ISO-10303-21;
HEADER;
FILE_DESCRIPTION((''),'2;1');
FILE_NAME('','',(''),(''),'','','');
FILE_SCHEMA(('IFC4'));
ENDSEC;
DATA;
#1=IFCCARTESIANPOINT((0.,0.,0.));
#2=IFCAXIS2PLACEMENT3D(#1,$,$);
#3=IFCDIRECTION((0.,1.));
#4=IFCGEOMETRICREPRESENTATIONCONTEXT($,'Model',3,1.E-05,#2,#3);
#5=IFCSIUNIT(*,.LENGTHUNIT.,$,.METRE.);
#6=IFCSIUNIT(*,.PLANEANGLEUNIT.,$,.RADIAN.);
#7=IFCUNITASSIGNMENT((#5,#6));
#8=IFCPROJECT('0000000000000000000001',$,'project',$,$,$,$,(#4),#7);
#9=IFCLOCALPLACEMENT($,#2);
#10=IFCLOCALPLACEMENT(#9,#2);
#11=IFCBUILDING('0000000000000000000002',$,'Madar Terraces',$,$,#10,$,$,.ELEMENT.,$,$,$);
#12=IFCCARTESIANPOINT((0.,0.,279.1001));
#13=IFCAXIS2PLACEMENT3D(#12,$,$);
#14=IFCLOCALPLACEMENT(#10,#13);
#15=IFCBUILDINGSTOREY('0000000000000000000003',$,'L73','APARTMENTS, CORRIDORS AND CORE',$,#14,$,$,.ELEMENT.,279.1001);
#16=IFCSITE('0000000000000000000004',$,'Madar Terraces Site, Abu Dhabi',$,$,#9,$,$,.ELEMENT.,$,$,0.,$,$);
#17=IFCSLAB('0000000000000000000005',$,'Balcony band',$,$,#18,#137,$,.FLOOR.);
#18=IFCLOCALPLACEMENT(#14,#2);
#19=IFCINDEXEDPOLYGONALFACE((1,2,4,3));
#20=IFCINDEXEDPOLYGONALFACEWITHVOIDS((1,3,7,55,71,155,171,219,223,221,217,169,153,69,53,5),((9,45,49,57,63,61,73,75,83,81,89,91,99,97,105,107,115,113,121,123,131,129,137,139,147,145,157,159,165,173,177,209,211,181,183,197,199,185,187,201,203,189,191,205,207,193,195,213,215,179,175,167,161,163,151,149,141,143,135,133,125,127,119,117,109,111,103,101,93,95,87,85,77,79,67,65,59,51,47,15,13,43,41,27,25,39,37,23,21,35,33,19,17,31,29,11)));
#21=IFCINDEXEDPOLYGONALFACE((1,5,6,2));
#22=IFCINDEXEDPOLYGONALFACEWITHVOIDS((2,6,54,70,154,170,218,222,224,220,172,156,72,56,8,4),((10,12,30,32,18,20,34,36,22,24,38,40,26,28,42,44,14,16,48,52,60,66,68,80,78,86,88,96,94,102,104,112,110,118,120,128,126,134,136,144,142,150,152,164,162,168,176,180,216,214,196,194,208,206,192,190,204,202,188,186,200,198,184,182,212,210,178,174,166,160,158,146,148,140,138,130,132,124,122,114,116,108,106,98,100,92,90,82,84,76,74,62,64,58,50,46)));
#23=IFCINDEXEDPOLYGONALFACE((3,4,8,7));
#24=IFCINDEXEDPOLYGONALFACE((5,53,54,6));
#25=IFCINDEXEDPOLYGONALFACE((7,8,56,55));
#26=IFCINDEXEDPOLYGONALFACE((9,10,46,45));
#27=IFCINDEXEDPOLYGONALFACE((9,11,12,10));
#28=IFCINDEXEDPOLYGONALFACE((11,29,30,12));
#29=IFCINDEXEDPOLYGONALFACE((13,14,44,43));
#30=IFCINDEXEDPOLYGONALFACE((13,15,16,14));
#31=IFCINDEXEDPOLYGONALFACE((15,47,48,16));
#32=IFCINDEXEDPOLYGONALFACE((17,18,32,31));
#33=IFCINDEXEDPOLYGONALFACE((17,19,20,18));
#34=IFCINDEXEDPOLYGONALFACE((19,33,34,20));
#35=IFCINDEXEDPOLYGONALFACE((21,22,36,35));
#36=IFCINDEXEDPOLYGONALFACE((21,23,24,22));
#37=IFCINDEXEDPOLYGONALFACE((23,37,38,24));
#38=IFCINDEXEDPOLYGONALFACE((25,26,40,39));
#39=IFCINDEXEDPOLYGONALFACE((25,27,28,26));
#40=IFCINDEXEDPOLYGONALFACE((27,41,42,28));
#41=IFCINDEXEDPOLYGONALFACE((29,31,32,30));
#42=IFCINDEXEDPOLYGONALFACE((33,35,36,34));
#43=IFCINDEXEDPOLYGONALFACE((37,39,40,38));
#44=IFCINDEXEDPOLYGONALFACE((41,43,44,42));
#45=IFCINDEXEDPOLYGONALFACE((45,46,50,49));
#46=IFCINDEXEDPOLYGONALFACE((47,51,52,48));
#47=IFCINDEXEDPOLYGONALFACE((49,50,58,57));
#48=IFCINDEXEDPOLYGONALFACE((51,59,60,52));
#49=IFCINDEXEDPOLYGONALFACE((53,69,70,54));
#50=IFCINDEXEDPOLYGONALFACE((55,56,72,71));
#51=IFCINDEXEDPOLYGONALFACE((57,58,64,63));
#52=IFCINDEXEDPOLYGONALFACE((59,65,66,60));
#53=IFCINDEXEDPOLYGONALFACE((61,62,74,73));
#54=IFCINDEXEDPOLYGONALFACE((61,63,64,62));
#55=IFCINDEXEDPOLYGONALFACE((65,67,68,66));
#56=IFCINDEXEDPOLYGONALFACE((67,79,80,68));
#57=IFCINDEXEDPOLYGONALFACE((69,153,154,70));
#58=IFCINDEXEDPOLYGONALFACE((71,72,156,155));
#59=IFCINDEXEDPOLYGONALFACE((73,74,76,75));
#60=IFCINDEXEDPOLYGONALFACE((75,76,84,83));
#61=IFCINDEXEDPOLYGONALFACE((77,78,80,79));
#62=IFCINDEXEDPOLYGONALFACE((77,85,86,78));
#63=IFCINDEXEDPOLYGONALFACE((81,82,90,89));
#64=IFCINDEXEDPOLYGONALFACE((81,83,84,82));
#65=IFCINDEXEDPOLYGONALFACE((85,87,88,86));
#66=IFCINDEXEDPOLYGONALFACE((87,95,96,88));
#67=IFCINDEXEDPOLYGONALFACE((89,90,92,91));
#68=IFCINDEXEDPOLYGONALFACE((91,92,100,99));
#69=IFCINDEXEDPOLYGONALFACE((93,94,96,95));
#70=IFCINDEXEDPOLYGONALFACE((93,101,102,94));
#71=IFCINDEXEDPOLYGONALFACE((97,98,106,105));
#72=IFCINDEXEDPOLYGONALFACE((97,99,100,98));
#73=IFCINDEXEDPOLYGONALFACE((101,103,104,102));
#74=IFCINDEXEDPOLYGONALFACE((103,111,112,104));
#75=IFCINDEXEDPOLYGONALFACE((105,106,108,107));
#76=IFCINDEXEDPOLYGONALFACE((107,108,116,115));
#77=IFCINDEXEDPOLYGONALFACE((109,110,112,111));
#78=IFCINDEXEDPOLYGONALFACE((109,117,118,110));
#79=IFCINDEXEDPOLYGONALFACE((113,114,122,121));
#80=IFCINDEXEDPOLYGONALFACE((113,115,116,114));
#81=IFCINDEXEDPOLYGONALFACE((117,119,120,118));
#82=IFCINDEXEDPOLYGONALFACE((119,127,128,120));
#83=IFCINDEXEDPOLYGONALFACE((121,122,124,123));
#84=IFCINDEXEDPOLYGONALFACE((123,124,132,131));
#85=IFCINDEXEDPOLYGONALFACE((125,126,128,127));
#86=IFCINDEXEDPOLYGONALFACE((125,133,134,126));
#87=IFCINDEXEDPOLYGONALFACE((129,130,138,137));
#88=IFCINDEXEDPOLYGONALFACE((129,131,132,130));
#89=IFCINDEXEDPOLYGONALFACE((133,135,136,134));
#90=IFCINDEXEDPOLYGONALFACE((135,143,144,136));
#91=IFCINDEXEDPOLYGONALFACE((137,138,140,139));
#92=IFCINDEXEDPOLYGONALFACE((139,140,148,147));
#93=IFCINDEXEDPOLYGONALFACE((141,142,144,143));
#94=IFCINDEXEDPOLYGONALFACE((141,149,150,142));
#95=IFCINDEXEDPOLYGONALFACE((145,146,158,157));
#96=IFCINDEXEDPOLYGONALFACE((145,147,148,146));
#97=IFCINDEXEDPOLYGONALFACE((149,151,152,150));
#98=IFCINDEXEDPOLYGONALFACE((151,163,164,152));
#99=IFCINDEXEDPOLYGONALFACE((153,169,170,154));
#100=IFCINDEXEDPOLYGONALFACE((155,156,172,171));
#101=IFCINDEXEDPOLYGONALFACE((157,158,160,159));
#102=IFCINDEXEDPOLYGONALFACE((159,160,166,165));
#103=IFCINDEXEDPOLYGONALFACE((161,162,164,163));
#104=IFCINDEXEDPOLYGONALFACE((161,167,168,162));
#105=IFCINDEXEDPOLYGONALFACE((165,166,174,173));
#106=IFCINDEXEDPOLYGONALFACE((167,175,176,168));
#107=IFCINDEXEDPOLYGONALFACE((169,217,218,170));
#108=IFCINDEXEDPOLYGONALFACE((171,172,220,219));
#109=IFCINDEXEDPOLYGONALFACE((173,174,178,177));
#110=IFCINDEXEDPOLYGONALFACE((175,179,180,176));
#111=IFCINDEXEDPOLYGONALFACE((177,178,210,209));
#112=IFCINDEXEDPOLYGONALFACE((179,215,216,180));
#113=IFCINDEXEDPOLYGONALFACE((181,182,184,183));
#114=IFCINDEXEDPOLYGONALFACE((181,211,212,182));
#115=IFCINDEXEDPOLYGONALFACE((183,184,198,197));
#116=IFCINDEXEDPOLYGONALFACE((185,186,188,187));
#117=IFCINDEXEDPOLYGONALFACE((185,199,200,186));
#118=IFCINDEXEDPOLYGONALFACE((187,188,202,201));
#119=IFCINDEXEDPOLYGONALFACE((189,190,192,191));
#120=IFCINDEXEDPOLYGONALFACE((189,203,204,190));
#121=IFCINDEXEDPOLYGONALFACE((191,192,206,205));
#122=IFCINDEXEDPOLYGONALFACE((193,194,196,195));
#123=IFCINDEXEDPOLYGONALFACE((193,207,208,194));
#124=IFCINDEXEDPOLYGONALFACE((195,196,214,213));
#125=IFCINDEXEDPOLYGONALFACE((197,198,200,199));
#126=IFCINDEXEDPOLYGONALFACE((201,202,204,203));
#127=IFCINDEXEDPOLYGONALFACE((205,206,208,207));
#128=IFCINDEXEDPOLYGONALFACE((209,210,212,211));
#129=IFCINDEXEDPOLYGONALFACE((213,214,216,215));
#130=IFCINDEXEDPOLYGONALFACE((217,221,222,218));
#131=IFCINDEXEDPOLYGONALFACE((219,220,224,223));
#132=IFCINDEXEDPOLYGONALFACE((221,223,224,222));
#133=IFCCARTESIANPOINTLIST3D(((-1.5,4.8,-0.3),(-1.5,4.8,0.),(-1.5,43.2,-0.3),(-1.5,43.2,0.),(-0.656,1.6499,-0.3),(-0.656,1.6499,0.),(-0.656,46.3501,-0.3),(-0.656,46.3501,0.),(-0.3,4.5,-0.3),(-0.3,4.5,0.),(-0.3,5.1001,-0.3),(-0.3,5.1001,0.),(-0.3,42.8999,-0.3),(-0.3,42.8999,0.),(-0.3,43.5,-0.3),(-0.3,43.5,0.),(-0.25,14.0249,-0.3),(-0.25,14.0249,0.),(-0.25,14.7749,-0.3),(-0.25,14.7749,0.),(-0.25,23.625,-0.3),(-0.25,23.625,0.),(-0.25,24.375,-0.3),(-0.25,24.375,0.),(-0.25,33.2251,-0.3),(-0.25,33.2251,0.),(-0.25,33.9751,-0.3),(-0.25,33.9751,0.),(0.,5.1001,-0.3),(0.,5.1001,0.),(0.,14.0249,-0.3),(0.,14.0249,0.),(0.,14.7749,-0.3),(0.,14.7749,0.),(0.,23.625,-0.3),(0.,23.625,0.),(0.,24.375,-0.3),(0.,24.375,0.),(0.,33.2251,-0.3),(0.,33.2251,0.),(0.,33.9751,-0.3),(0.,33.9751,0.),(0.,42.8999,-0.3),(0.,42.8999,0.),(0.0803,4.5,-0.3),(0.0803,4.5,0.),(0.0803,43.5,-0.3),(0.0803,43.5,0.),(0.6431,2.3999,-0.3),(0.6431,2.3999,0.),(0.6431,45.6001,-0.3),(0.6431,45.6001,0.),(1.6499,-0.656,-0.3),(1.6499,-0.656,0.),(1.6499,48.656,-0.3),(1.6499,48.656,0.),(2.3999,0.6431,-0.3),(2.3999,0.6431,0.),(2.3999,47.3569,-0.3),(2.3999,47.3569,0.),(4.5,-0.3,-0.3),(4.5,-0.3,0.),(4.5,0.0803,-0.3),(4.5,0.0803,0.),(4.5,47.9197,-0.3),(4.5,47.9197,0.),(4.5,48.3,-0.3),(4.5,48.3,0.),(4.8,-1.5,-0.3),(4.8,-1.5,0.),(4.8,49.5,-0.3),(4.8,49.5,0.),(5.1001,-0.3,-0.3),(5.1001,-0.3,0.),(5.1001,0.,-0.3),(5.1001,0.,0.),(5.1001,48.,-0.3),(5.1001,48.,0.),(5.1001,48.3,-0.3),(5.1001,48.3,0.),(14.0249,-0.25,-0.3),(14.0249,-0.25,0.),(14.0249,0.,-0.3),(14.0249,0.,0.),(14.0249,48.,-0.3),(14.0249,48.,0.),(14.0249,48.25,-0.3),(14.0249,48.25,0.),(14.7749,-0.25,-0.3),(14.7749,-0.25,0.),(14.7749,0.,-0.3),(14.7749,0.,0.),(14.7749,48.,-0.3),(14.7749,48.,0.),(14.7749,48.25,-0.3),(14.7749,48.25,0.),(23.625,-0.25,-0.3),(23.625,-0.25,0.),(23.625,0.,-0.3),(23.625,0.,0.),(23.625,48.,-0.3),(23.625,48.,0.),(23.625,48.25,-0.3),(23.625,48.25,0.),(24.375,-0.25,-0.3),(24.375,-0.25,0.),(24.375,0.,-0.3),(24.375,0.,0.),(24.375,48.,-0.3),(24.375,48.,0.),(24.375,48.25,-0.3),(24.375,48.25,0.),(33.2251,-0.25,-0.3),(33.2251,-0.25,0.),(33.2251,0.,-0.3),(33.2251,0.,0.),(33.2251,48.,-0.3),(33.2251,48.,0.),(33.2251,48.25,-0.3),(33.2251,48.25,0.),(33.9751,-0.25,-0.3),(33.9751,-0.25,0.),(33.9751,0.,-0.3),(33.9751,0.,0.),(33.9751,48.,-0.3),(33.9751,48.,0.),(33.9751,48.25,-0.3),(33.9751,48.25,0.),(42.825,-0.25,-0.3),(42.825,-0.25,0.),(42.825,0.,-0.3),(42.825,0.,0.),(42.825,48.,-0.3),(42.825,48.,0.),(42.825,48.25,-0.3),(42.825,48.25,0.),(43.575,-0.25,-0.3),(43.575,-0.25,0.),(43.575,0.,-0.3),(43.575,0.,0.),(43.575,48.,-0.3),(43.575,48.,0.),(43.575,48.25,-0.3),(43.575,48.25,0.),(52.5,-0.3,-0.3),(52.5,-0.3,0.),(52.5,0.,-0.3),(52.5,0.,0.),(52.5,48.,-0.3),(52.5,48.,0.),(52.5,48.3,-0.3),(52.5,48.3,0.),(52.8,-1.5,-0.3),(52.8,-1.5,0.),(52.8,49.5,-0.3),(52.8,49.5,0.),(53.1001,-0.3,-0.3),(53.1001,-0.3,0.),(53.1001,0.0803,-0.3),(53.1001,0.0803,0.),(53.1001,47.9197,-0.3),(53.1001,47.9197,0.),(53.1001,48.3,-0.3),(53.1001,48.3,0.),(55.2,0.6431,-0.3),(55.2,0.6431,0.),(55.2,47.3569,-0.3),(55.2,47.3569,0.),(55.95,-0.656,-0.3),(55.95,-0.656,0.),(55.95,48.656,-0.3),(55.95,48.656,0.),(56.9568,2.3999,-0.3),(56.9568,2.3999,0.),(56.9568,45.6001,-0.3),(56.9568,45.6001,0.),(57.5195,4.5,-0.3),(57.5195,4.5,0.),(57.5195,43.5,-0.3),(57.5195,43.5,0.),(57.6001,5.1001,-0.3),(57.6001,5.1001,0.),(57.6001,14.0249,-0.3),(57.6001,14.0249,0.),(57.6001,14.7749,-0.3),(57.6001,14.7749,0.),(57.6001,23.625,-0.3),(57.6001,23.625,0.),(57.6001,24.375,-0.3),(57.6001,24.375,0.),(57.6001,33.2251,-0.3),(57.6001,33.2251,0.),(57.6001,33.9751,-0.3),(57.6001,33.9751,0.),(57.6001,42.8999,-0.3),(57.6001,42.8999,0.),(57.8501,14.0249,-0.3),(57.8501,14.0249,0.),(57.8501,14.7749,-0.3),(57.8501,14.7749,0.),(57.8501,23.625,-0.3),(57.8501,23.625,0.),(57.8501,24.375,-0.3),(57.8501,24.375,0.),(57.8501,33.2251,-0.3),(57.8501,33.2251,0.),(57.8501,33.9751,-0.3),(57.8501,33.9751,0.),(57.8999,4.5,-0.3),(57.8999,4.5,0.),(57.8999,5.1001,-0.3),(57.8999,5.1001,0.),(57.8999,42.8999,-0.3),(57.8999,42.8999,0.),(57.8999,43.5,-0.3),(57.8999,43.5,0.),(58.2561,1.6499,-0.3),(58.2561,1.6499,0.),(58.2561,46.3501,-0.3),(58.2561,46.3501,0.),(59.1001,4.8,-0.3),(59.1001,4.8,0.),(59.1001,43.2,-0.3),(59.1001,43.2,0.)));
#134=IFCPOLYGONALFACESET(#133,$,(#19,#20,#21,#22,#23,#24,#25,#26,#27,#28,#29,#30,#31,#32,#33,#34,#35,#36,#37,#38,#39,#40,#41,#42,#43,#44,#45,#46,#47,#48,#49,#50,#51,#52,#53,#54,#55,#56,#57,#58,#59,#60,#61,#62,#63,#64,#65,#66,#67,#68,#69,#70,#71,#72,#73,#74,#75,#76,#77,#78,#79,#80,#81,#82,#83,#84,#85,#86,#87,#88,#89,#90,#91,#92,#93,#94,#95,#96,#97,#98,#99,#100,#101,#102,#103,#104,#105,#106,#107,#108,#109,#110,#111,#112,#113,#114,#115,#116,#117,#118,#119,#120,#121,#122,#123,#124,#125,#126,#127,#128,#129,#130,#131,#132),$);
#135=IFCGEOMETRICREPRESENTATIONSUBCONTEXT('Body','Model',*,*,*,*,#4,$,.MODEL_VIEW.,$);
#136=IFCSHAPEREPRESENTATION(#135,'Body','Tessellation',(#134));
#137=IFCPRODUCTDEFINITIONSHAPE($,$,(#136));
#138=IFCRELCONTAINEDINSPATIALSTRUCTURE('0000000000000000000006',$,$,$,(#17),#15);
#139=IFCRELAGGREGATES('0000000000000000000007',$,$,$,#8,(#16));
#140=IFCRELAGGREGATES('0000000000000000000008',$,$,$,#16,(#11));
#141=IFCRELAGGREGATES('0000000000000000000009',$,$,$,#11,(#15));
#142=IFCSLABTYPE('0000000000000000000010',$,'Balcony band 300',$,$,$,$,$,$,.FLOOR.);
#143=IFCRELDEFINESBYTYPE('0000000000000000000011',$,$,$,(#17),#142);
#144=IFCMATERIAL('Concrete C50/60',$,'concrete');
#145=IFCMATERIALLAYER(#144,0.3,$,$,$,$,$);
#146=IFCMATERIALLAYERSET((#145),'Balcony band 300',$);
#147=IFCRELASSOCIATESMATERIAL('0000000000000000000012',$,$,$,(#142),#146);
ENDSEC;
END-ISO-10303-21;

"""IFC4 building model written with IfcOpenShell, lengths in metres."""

from ifc_helpers import new_model, si_unit, direction, frame, origin, place, context, subcontext, project, spatial, polyline, outline, extrude, material, layer, layer_set, type_object, element, save


model = new_model("IFC4")

# Units and contexts
model_context = context("Model", 3, precision=1e-05, world=origin(), true_north=direction((0.0, 1.0)))
body_context = subcontext(model_context, "Body", "Model", "MODEL_VIEW")
ifc_project = project(units=[si_unit("LENGTHUNIT", "METRE"), si_unit("PLANEANGLEUNIT", "RADIAN")], contexts=[model_context])

# Site, building, storey
site_placement = place(None, origin())
site = spatial("IfcSite", under=ifc_project, at=site_placement, Name="Madar Terraces Site, Abu Dhabi", CompositionType="ELEMENT", RefElevation=0.0)
building_placement = place(site_placement, origin())
building = spatial("IfcBuilding", under=site, at=building_placement, Name="Madar Terraces", CompositionType="ELEMENT")
storey_placement = place(building_placement, frame((0.0, 0.0, 279.1001)))
storey = spatial("IfcBuildingStorey", under=building, at=storey_placement, Name="L73", Description="APARTMENTS, CORRIDORS AND CORE", CompositionType="ELEMENT", Elevation=279.1001)

# Slab
ifc_material_1 = material(Name="Concrete C50/60", Category="concrete")
ifc_layer_1 = layer(ifc_material_1, 0.3)
ifc_layer_set_1 = layer_set([ifc_layer_1], Name="Balcony band 300")
slab_type_1 = type_object("IfcSlabType", Name="Balcony band 300", PredefinedType="FLOOR", material=ifc_layer_set_1)
slab_1_placement = place(storey_placement, frame((0.0, 0.0, -0.3)))
element("IfcSlab", 1, at=slab_1_placement, inside=storey, type_object=slab_type_1, Name="Balcony band", PredefinedType="FLOOR", context=body_context, shape_type="SweptSolid", body=[
    extrude(outline(polyline([(4.8, -1.5), (1.6499, -0.656), (-0.656, 1.6499), (-1.5, 4.8), (-1.5, 43.2), (-0.656, 46.3501), (1.6499, 48.656), (4.8, 49.5), (52.8, 49.5), (55.95, 48.656), (58.2561, 46.3501), (59.1001, 43.2), (59.1001, 4.8), (58.2561, 1.6499), (55.95, -0.656), (52.8, -1.5), (4.8, -1.5)]), holes=[polyline([(5.1001, -0.3), (5.1001, 0.0), (14.0249, 0.0), (14.0249, -0.25), (14.7749, -0.25), (14.7749, 0.0), (23.625, 0.0), (23.625, -0.25), (24.375, -0.25), (24.375, 0.0), (33.2251, 0.0), (33.2251, -0.25), (33.9751, -0.25), (33.9751, 0.0), (42.825, 0.0), (42.825, -0.25), (43.575, -0.25), (43.575, 0.0), (52.5, 0.0), (52.5, -0.3), (53.1001, -0.3), (53.1001, 0.0803), (55.2, 0.6431), (56.9568, 2.3999), (57.5195, 4.5), (57.8999, 4.5), (57.8999, 5.1001), (57.6001, 5.1001), (57.6001, 14.0249), (57.8501, 14.0249), (57.8501, 14.7749), (57.6001, 14.7749), (57.6001, 23.625), (57.8501, 23.625), (57.8501, 24.375), (57.6001, 24.375), (57.6001, 33.2251), (57.8501, 33.2251), (57.8501, 33.9751), (57.6001, 33.9751), (57.6001, 42.8999), (57.8999, 42.8999), (57.8999, 43.5), (57.5195, 43.5), (56.9568, 45.6001), (55.2, 47.3569), (53.1001, 47.9197), (53.1001, 48.3), (52.5, 48.3), (52.5, 48.0), (43.575, 48.0), (43.575, 48.25), (42.825, 48.25), (42.825, 48.0), (33.9751, 48.0), (33.9751, 48.25), (33.2251, 48.25), (33.2251, 48.0), (24.375, 48.0), (24.375, 48.25), (23.625, 48.25), (23.625, 48.0), (14.7749, 48.0), (14.7749, 48.25), (14.0249, 48.25), (14.0249, 48.0), (5.1001, 48.0), (5.1001, 48.3), (4.5, 48.3), (4.5, 47.9197), (2.3999, 47.3569), (0.6431, 45.6001), (0.0803, 43.5), (-0.3, 43.5), (-0.3, 42.8999), (0.0, 42.8999), (0.0, 33.9751), (-0.25, 33.9751), (-0.25, 33.2251), (0.0, 33.2251), (0.0, 24.375), (-0.25, 24.375), (-0.25, 23.625), (0.0, 23.625), (0.0, 14.7749), (-0.25, 14.7749), (-0.25, 14.0249), (0.0, 14.0249), (0.0, 5.1001), (-0.3, 5.1001), (-0.3, 4.5), (0.0803, 4.5), (0.6431, 2.3999), (2.3999, 0.6431), (4.5, 0.0803), (4.5, -0.3), (5.1001, -0.3)])]), origin(), (0.0, 0.0, 1.0), 0.3),
])

save(model, "model.ifc")
